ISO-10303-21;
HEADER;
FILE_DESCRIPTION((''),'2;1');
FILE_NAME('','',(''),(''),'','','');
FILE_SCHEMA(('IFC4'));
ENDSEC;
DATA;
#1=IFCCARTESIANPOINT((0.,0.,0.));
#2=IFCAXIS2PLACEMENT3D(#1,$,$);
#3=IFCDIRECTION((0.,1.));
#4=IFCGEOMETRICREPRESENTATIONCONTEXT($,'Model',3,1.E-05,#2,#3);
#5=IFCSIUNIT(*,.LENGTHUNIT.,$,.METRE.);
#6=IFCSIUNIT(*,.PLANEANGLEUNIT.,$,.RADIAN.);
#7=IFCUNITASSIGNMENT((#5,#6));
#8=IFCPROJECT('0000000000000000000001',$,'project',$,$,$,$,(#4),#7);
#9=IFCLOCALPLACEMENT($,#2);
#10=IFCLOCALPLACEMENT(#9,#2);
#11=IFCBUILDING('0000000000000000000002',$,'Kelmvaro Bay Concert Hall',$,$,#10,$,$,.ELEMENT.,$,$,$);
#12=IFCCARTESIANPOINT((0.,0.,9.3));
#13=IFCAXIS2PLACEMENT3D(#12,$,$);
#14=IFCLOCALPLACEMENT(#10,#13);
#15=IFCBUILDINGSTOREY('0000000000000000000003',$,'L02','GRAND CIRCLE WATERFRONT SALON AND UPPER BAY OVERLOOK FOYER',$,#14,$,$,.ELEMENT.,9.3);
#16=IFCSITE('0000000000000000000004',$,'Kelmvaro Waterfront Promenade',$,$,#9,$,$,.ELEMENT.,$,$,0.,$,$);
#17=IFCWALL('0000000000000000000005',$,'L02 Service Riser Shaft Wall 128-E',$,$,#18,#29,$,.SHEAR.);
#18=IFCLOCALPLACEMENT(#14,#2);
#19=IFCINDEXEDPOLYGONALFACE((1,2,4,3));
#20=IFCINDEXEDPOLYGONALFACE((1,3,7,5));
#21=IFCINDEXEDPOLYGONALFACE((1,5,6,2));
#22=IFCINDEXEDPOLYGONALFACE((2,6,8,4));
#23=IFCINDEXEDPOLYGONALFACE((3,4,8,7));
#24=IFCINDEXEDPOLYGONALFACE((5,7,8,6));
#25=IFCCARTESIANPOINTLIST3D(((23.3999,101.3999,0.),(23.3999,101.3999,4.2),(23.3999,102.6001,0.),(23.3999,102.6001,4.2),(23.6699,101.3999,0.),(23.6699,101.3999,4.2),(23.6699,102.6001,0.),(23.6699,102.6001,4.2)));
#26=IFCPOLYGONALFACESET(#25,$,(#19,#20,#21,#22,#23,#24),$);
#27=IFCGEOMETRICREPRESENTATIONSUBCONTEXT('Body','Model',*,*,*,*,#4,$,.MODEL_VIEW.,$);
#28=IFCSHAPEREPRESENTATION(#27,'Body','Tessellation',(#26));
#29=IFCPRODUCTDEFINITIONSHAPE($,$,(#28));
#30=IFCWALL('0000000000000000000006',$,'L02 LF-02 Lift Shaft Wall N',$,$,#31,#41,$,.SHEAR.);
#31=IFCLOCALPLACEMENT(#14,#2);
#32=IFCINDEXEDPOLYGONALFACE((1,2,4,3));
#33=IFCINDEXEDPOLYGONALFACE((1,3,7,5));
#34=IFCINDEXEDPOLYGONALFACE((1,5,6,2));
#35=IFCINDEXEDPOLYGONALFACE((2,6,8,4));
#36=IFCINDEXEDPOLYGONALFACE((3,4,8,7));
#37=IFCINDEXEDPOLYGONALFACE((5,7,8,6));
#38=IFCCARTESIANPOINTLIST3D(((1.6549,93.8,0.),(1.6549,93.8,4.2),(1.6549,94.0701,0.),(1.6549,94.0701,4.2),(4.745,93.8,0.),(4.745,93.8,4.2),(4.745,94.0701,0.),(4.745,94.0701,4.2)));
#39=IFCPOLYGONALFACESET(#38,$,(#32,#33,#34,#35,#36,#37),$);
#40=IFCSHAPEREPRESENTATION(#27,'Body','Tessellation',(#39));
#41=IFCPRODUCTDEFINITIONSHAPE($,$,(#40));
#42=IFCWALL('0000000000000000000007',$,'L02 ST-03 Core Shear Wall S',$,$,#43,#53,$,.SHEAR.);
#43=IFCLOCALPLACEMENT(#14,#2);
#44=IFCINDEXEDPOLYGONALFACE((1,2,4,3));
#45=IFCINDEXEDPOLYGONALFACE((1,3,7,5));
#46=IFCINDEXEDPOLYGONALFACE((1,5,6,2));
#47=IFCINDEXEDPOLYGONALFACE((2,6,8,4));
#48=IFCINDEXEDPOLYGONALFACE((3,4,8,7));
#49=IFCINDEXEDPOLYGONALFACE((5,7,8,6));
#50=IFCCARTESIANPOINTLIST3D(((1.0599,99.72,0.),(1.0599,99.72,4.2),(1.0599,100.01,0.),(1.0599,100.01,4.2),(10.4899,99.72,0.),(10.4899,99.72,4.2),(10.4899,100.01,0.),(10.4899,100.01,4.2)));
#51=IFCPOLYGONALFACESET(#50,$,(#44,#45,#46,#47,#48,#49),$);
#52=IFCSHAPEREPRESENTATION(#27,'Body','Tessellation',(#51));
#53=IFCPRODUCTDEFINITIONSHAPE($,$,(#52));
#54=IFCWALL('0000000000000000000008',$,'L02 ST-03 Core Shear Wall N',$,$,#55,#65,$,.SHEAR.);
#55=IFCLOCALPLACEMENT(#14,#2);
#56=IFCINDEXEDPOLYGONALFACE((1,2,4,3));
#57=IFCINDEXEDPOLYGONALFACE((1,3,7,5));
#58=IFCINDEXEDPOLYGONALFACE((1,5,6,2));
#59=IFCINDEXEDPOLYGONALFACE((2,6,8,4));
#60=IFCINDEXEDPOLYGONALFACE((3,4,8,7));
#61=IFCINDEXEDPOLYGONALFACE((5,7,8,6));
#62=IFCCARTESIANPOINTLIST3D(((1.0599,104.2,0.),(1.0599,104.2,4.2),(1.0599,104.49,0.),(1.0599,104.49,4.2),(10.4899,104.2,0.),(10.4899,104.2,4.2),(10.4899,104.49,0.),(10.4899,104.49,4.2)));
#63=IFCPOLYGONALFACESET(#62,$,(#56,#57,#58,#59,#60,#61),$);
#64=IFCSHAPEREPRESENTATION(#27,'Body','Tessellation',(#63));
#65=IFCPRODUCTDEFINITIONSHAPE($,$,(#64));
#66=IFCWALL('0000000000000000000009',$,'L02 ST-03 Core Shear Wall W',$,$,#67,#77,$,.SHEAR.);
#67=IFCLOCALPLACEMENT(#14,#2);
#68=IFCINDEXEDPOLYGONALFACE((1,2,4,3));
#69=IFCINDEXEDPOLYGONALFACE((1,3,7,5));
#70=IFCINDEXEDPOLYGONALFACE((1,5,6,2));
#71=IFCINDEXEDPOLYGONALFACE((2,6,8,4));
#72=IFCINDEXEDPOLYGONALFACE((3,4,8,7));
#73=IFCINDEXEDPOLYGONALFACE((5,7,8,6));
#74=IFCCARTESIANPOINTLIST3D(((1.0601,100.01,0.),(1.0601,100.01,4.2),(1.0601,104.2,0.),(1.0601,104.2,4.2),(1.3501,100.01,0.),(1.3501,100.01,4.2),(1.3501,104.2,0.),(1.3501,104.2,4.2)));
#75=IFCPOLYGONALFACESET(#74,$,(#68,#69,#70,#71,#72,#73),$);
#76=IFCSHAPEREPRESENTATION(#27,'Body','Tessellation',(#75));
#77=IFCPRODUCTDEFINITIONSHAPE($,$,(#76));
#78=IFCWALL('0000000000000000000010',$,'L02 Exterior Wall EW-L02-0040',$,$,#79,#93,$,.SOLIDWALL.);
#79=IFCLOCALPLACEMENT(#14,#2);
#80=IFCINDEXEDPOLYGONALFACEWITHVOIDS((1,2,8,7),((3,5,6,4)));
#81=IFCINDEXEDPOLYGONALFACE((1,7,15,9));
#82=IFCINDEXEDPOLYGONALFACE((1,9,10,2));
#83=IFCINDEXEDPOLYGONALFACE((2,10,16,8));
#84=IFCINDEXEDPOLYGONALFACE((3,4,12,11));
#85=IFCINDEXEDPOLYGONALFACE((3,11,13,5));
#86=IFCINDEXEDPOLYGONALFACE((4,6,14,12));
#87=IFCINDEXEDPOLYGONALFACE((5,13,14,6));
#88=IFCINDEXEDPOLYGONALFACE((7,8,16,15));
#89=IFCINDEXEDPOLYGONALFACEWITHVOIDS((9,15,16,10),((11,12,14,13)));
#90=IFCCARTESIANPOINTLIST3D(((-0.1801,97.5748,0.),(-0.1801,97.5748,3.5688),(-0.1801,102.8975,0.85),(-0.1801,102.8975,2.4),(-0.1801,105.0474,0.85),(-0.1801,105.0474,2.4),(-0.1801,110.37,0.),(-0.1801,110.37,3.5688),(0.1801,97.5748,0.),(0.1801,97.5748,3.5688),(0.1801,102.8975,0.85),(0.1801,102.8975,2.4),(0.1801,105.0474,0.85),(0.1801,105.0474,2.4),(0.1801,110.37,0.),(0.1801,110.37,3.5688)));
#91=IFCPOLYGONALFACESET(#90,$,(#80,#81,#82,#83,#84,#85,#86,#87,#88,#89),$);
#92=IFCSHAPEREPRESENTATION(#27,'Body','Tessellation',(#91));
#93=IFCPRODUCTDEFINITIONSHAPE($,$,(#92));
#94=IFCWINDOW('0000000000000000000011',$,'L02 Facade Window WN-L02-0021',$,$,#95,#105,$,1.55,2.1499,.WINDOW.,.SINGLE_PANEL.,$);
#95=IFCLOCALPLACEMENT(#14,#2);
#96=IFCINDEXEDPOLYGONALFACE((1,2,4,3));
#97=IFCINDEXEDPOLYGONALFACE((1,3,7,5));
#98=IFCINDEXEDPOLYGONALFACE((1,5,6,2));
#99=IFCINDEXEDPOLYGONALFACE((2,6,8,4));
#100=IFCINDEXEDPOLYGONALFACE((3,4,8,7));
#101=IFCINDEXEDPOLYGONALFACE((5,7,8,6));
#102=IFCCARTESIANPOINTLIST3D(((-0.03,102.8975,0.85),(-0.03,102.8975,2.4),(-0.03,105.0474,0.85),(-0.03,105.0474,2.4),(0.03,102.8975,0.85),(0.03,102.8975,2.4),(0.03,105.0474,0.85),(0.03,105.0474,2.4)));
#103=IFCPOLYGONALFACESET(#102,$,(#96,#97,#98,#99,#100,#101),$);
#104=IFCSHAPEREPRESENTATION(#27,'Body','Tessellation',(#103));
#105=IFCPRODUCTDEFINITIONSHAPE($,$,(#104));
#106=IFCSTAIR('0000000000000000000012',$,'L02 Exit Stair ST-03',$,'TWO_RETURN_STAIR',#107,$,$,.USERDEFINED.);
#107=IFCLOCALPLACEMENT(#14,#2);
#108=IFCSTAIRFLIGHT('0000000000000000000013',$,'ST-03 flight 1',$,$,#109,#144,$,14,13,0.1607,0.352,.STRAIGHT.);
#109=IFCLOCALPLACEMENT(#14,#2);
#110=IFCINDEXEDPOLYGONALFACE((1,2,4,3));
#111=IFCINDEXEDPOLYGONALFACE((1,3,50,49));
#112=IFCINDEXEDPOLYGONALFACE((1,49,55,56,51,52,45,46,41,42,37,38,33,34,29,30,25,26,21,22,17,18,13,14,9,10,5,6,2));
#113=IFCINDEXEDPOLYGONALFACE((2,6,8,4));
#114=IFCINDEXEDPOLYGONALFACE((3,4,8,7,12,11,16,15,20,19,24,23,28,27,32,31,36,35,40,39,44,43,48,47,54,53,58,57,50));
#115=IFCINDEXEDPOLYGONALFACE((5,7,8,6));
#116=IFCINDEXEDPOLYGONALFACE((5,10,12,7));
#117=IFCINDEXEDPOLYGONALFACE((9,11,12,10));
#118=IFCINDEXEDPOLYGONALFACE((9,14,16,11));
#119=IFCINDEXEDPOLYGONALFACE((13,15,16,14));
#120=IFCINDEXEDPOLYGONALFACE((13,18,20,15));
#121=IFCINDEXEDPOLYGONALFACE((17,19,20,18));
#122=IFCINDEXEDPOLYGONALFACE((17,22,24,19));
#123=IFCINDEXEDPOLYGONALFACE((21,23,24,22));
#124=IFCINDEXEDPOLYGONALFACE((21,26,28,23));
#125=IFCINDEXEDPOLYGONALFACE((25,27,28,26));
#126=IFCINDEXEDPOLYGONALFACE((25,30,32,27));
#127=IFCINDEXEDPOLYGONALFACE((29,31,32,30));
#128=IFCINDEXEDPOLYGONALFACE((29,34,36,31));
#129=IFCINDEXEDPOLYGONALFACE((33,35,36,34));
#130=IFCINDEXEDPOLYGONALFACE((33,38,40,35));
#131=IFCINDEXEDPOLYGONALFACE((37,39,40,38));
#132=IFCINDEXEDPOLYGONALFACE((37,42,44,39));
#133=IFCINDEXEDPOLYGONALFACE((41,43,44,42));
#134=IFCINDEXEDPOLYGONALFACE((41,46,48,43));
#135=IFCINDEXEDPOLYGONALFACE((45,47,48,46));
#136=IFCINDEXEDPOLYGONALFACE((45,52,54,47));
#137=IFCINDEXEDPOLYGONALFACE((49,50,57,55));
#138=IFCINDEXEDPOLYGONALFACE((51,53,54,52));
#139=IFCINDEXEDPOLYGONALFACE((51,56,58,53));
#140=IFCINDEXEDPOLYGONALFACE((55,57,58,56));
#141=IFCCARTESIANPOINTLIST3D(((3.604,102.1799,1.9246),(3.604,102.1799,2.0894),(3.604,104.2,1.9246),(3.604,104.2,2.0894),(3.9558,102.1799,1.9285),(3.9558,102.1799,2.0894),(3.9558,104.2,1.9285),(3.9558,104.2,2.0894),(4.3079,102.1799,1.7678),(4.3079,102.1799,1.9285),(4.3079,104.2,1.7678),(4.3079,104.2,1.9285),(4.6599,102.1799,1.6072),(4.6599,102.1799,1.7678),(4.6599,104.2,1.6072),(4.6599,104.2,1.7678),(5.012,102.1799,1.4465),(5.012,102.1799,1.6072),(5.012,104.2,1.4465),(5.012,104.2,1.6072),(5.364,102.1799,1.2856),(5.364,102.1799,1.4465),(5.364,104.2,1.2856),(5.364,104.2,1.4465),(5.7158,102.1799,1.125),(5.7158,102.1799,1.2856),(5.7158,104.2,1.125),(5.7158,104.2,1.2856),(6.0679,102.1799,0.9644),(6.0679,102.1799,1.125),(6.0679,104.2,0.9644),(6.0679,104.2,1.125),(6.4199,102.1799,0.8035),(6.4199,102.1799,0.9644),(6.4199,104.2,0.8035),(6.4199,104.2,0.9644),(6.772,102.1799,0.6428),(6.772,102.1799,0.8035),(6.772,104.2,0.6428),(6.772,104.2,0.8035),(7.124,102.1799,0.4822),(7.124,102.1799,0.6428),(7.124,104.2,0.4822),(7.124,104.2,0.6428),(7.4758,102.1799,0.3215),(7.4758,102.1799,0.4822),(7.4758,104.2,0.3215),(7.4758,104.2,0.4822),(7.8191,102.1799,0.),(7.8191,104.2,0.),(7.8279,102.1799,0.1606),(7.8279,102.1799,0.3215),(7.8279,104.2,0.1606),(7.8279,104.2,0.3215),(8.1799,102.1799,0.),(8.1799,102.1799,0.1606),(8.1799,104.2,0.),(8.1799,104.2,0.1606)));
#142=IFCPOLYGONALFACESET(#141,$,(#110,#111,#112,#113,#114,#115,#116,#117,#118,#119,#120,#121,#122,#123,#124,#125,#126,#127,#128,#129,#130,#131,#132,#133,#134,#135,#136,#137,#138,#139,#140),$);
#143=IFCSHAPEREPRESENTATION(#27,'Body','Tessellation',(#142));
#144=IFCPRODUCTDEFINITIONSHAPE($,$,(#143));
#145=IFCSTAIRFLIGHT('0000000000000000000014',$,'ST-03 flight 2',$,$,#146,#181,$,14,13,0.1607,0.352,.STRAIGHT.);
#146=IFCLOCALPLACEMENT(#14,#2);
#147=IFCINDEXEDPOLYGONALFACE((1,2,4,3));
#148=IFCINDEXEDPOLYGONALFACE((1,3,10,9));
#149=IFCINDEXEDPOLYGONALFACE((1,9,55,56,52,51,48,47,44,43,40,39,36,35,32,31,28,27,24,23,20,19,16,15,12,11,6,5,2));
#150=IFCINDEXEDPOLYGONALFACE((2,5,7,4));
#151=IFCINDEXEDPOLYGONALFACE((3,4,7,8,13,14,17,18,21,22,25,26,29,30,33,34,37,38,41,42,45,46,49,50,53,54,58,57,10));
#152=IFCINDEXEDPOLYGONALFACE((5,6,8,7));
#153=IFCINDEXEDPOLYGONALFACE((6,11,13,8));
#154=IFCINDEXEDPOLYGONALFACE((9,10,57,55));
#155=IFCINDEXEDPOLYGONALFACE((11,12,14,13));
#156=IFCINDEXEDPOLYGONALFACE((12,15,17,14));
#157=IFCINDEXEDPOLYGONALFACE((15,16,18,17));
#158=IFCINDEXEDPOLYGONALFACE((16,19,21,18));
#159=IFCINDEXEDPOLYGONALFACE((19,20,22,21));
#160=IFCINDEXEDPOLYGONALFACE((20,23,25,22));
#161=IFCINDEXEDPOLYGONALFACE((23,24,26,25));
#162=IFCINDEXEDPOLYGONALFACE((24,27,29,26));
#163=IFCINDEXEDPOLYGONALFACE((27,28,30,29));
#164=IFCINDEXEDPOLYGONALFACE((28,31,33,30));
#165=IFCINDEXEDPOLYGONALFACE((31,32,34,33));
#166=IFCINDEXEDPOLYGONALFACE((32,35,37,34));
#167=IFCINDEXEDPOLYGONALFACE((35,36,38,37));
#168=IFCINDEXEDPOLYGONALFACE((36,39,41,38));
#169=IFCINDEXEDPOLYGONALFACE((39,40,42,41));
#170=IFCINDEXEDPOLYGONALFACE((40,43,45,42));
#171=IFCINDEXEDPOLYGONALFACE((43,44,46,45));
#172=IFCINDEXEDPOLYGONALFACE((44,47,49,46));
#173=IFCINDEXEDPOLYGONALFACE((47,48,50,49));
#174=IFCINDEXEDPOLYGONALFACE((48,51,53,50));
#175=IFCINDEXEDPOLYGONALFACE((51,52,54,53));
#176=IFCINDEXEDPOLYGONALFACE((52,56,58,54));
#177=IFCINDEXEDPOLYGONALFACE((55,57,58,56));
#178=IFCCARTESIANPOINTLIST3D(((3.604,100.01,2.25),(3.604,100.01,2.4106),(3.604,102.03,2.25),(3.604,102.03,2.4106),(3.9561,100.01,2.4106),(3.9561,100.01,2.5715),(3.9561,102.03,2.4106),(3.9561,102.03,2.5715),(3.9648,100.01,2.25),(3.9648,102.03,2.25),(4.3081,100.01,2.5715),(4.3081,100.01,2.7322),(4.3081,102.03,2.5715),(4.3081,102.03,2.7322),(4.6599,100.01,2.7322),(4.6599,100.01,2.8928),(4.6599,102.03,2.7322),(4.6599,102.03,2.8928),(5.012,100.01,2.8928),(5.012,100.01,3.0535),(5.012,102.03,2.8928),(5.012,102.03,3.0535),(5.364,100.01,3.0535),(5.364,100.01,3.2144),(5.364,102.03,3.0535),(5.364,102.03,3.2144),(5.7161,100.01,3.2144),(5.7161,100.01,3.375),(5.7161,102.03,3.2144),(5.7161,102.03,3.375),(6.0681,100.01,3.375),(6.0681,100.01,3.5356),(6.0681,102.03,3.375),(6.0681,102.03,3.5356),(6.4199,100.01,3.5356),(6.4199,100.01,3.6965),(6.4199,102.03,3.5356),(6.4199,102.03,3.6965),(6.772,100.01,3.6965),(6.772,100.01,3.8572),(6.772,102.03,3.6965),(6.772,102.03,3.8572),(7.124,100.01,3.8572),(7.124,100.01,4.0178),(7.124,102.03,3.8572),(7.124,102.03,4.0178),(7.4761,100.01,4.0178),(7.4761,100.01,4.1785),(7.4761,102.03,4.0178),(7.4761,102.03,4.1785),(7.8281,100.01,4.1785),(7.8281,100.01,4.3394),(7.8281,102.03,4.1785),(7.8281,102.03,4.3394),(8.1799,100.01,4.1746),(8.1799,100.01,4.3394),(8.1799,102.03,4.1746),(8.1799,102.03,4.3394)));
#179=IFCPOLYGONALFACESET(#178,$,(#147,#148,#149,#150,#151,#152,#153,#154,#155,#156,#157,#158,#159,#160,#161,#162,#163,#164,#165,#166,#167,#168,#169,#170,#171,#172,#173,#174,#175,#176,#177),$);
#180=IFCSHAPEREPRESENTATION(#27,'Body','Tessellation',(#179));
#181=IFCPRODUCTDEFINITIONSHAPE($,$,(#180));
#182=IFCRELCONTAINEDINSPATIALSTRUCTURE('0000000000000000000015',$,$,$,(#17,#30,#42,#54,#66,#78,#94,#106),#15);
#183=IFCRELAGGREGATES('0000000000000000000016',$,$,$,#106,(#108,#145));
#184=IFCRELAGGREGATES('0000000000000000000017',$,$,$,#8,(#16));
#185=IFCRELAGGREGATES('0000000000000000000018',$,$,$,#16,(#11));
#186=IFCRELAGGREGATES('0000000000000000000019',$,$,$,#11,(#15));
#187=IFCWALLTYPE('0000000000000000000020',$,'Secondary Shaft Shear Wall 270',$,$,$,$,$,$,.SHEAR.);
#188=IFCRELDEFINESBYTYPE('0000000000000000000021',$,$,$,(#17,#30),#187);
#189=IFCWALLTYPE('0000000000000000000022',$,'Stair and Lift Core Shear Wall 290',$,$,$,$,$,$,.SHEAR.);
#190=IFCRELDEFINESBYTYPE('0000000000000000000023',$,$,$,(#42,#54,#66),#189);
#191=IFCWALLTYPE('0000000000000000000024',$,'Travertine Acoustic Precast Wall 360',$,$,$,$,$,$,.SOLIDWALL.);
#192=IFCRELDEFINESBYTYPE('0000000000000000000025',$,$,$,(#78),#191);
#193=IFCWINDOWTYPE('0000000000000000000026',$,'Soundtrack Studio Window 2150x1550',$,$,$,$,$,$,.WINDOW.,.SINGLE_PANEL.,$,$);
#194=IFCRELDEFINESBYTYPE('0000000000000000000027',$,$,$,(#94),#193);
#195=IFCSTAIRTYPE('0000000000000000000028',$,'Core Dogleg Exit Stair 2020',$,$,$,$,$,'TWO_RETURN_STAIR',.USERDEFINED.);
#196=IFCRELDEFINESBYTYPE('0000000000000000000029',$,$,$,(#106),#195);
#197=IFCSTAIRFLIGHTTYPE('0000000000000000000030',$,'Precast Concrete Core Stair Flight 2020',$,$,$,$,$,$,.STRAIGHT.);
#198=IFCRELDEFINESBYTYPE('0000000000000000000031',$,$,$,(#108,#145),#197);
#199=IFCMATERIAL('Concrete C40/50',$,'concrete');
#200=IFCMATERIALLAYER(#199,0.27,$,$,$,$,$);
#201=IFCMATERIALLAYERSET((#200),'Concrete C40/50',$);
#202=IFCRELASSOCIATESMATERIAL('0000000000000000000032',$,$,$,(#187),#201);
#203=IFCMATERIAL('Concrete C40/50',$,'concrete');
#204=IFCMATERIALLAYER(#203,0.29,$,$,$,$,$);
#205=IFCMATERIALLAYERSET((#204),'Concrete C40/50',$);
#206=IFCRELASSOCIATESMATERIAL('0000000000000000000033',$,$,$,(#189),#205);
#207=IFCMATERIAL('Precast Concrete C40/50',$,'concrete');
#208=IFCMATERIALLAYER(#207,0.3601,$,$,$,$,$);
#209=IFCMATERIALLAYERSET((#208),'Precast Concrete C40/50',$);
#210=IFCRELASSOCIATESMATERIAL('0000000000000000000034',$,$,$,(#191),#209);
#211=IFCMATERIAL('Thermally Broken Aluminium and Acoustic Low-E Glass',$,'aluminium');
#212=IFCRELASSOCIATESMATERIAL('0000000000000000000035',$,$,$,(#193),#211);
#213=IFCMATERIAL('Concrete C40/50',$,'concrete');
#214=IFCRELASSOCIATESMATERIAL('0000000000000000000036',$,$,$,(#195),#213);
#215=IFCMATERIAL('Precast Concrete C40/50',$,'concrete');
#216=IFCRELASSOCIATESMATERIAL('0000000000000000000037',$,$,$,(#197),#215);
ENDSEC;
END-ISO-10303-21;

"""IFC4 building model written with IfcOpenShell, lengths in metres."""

from ifc_helpers import new_model, si_unit, direction, frame, frame_2d, origin, place, context, subcontext, project, spatial, polyline, rectangle, outline, extrude, material, layer, layer_set, type_object, element, fill, aggregate, save


model = new_model("IFC4")

# Units and contexts
model_context = context("Model", 3, precision=1e-05, world=origin(), true_north=direction((0.0, 1.0)))
body_context = subcontext(model_context, "Body", "Model", "MODEL_VIEW")
ifc_project = project(units=[si_unit("LENGTHUNIT", "METRE"), si_unit("PLANEANGLEUNIT", "RADIAN")], contexts=[model_context])

# Site, building, storey
site_placement = place(None, origin())
site = spatial("IfcSite", under=ifc_project, at=site_placement, Name="Kelmvaro Waterfront Promenade", CompositionType="ELEMENT", RefElevation=0.0)
building_placement = place(site_placement, origin())
building = spatial("IfcBuilding", under=site, at=building_placement, Name="Kelmvaro Bay Concert Hall", CompositionType="ELEMENT")
storey_placement = place(building_placement, frame((0.0, 0.0, 9.3)))
storey = spatial("IfcBuildingStorey", under=building, at=storey_placement, Name="L02", Description="GRAND CIRCLE WATERFRONT SALON AND UPPER BAY OVERLOOK FOYER", CompositionType="ELEMENT", Elevation=9.3)

# Walls
ifc_material_1 = material(Name="Concrete C40/50", Category="concrete")
ifc_layer_1 = layer(ifc_material_1, 0.27)
ifc_layer_set_1 = layer_set([ifc_layer_1], Name="Concrete C40/50")
wall_type_1 = type_object("IfcWallType", Name="Secondary Shaft Shear Wall 270", PredefinedType="SHEAR", material=ifc_layer_set_1)
for number, where, z_axis, x_axis, name in (
    (1, (23.5349, 101.3999, 0.0), (0.0, 0.0, 1.0), (0.0, 1.0, 0.0), "L02 Service Riser Shaft Wall 128-E"),
):
    element("IfcWall", number, at=place(storey_placement, frame(where, z_axis=z_axis, x_axis=x_axis)), inside=storey, type_object=wall_type_1, Name=name, PredefinedType="SHEAR", context=body_context, shape_type="SweptSolid", body=[
        extrude(rectangle(XDim=1.2002, YDim=0.27, at=frame_2d((0.6001, 0.0))), origin(), (0.0, 0.0, 1.0), 4.2),
    ])
wall_1_placement = place(storey_placement, frame((1.655, 93.9351, 0.0), z_axis=(0.0, 0.0, 1.0), x_axis=(1.0, 0.0, 0.0)))
element("IfcWall", 2, at=wall_1_placement, inside=storey, type_object=wall_type_1, Name="L02 LF-02 Lift Shaft Wall N", PredefinedType="SHEAR", context=body_context, shape_type="SweptSolid", body=[
    extrude(rectangle(XDim=3.0901, YDim=0.27, at=frame_2d((1.5449, 0.0))), origin(), (0.0, 0.0, 1.0), 4.2),
])
ifc_material_2 = material(Name="Concrete C40/50", Category="concrete")
ifc_layer_2 = layer(ifc_material_2, 0.29)
ifc_layer_set_2 = layer_set([ifc_layer_2], Name="Concrete C40/50")
wall_type_2 = type_object("IfcWallType", Name="Stair and Lift Core Shear Wall 290", PredefinedType="SHEAR", material=ifc_layer_set_2)
for number, where, z_axis, x_axis, name in (
    (3, (1.0601, 99.865, 0.0), (0.0, 0.0, 1.0), (1.0, 0.0, 0.0), "L02 ST-03 Core Shear Wall S"),
    (4, (1.0601, 104.345, 0.0), (0.0, 0.0, 1.0), (1.0, 0.0, 0.0), "L02 ST-03 Core Shear Wall N"),
):
    element("IfcWall", number, at=place(storey_placement, frame(where, z_axis=z_axis, x_axis=x_axis)), inside=storey, type_object=wall_type_2, Name=name, PredefinedType="SHEAR", context=body_context, shape_type="SweptSolid", body=[
        extrude(rectangle(XDim=9.4299, YDim=0.29, at=frame_2d((4.7148, 0.0))), origin(), (0.0, 0.0, 1.0), 4.2),
    ])
wall_2_placement = place(storey_placement, frame((1.2051, 100.01, 0.0), z_axis=(0.0, 0.0, 1.0), x_axis=(0.0, 1.0, 0.0)))
element("IfcWall", 5, at=wall_2_placement, inside=storey, type_object=wall_type_2, Name="L02 ST-03 Core Shear Wall W", PredefinedType="SHEAR", context=body_context, shape_type="SweptSolid", body=[
    extrude(rectangle(XDim=4.1899, YDim=0.29, at=frame_2d((2.095, 0.0))), origin(), (0.0, 0.0, 1.0), 4.2),
])

# Wall, opening, window
ifc_material_3 = material(Name="Precast Concrete C40/50", Category="concrete")
ifc_layer_3 = layer(ifc_material_3, 0.3601)
ifc_layer_set_3 = layer_set([ifc_layer_3], Name="Precast Concrete C40/50")
wall_type_3 = type_object("IfcWallType", Name="Travertine Acoustic Precast Wall 360", PredefinedType="SOLIDWALL", material=ifc_layer_set_3)
wall_3_placement = place(storey_placement, frame((0.0, 97.575, 0.0), z_axis=(0.0, 0.0, 1.0), x_axis=(0.0, 1.0, 0.0)))
wall_3 = element("IfcWall", 6, at=wall_3_placement, inside=storey, type_object=wall_type_3, Name="L02 Exterior Wall EW-L02-0040", PredefinedType="SOLIDWALL", context=body_context, shape_type="SweptSolid", body=[
    extrude(rectangle(XDim=12.7952, YDim=0.3601, at=frame_2d((6.3975, 0.0))), origin(), (0.0, 0.0, 1.0), 3.5688),
])
opening_1_placement = place(wall_3_placement, frame((5.3225, 0.0, 0.8501)))
opening_1 = element("IfcOpeningElement", 7, at=opening_1_placement, cuts=wall_3, PredefinedType="OPENING", context=body_context, shape_type="SweptSolid", body=[
    extrude(rectangle(XDim=2.1499, YDim=1.55, at=frame_2d((1.075, 0.7749))), frame((0.0, 0.1899, 0.0), z_axis=(0.0, -1.0, 0.0), x_axis=(1.0, 0.0, 0.0)), (0.0, 0.0, 1.0), 0.3801),
])
ifc_material_4 = material(Name="Thermally Broken Aluminium and Acoustic Low-E Glass", Category="aluminium")
window_type = type_object("IfcWindowType", Name="Soundtrack Studio Window 2150x1550", PartitioningType="SINGLE_PANEL", PredefinedType="WINDOW", material=ifc_material_4)
window_placement = place(opening_1_placement, origin())
window = element("IfcWindow", 8, at=window_placement, inside=storey, type_object=window_type, Name="L02 Facade Window WN-L02-0021", OverallHeight=1.55, OverallWidth=2.1499, PartitioningType="SINGLE_PANEL", PredefinedType="WINDOW", context=body_context, shape_type="SweptSolid", body=[
    extrude(rectangle(XDim=2.1499, YDim=1.55, at=frame_2d((1.075, 0.7749))), frame((0.0, 0.03, 0.0), z_axis=(0.0, -1.0, 0.0), x_axis=(1.0, 0.0, 0.0)), (0.0, 0.0, 1.0), 0.0601),
])
fill(opening_1, window)

# Stair, stair flights
ifc_material_5 = material(Name="Concrete C40/50", Category="concrete")
stair_type = type_object("IfcStairType", Name="Core Dogleg Exit Stair 2020", ElementType="TWO_RETURN_STAIR", PredefinedType="USERDEFINED", material=ifc_material_5)
stair_placement = place(storey_placement, origin())
stair = element("IfcStair", 9, at=stair_placement, inside=storey, type_object=stair_type, Name="L02 Exit Stair ST-03", ObjectType="TWO_RETURN_STAIR", PredefinedType="USERDEFINED")
ifc_material_6 = material(Name="Precast Concrete C40/50", Category="concrete")
stair_flight_type = type_object("IfcStairFlightType", Name="Precast Concrete Core Stair Flight 2020", PredefinedType="STRAIGHT", material=ifc_material_6)
stair_flight_1_placement = place(storey_placement, frame((8.1799, 103.1899, 0.0), z_axis=(0.0, 0.0, 1.0), x_axis=(-1.0, 0.0, 0.0)))
stair_flight_1 = element("IfcStairFlight", 10, at=stair_flight_1_placement, type_object=stair_flight_type, Name="ST-03 flight 1", NumberOfRisers=14, NumberOfTreads=13, PredefinedType="STRAIGHT", RiserHeight=0.1607, TreadLength=0.352, context=body_context, shape_type="SweptSolid", body=[
    extrude(outline(polyline([(0.0, 0.0), (0.0, 0.1606), (0.3521, 0.1606), (0.3521, 0.3215), (0.7041, 0.3215), (0.7041, 0.4822), (1.0559, 0.4822), (1.0559, 0.6428), (1.408, 0.6428), (1.408, 0.8035), (1.76, 0.8035), (1.76, 0.9644), (2.1121, 0.9644), (2.1121, 1.125), (2.4641, 1.125), (2.4641, 1.2856), (2.8159, 1.2856), (2.8159, 1.4465), (3.168, 1.4465), (3.168, 1.6072), (3.52, 1.6072), (3.52, 1.7678), (3.8721, 1.7678), (3.8721, 1.9285), (4.2241, 1.9285), (4.2241, 2.0894), (4.5759, 2.0894), (4.5759, 2.25), (4.5759, 1.9246), (0.3608, 0.0), (0.0, 0.0)])), frame((0.0, 1.01, 0.0), z_axis=(0.0, -1.0, 0.0), x_axis=(1.0, 0.0, 0.0)), (0.0, 0.0, 1.0), 2.02),
])
stair_flight_2_placement = place(storey_placement, frame((3.604, 101.02, 2.25), z_axis=(0.0, 0.0, 1.0), x_axis=(1.0, 0.0, 0.0)))
stair_flight_2 = element("IfcStairFlight", 11, at=stair_flight_2_placement, type_object=stair_flight_type, Name="ST-03 flight 2", NumberOfRisers=14, NumberOfTreads=13, PredefinedType="STRAIGHT", RiserHeight=0.1607, TreadLength=0.352, context=body_context, shape_type="SweptSolid", body=[
    extrude(outline(polyline([(0.0, 0.0), (0.0, 0.1606), (0.3521, 0.1606), (0.3521, 0.3215), (0.7041, 0.3215), (0.7041, 0.4822), (1.0559, 0.4822), (1.0559, 0.6428), (1.408, 0.6428), (1.408, 0.8035), (1.76, 0.8035), (1.76, 0.9644), (2.1121, 0.9644), (2.1121, 1.125), (2.4641, 1.125), (2.4641, 1.2856), (2.8159, 1.2856), (2.8159, 1.4465), (3.168, 1.4465), (3.168, 1.6072), (3.52, 1.6072), (3.52, 1.7678), (3.8721, 1.7678), (3.8721, 1.9285), (4.2241, 1.9285), (4.2241, 2.0894), (4.5759, 2.0894), (4.5759, 2.25), (4.5759, 1.9246), (0.3608, 0.0), (0.0, 0.0)])), frame((0.0, 1.01, 0.0), z_axis=(0.0, -1.0, 0.0), x_axis=(1.0, 0.0, 0.0)), (0.0, 0.0, 1.0), 2.02),
])
aggregate(stair, [stair_flight_1, stair_flight_2])

save(model, "model.ifc")
